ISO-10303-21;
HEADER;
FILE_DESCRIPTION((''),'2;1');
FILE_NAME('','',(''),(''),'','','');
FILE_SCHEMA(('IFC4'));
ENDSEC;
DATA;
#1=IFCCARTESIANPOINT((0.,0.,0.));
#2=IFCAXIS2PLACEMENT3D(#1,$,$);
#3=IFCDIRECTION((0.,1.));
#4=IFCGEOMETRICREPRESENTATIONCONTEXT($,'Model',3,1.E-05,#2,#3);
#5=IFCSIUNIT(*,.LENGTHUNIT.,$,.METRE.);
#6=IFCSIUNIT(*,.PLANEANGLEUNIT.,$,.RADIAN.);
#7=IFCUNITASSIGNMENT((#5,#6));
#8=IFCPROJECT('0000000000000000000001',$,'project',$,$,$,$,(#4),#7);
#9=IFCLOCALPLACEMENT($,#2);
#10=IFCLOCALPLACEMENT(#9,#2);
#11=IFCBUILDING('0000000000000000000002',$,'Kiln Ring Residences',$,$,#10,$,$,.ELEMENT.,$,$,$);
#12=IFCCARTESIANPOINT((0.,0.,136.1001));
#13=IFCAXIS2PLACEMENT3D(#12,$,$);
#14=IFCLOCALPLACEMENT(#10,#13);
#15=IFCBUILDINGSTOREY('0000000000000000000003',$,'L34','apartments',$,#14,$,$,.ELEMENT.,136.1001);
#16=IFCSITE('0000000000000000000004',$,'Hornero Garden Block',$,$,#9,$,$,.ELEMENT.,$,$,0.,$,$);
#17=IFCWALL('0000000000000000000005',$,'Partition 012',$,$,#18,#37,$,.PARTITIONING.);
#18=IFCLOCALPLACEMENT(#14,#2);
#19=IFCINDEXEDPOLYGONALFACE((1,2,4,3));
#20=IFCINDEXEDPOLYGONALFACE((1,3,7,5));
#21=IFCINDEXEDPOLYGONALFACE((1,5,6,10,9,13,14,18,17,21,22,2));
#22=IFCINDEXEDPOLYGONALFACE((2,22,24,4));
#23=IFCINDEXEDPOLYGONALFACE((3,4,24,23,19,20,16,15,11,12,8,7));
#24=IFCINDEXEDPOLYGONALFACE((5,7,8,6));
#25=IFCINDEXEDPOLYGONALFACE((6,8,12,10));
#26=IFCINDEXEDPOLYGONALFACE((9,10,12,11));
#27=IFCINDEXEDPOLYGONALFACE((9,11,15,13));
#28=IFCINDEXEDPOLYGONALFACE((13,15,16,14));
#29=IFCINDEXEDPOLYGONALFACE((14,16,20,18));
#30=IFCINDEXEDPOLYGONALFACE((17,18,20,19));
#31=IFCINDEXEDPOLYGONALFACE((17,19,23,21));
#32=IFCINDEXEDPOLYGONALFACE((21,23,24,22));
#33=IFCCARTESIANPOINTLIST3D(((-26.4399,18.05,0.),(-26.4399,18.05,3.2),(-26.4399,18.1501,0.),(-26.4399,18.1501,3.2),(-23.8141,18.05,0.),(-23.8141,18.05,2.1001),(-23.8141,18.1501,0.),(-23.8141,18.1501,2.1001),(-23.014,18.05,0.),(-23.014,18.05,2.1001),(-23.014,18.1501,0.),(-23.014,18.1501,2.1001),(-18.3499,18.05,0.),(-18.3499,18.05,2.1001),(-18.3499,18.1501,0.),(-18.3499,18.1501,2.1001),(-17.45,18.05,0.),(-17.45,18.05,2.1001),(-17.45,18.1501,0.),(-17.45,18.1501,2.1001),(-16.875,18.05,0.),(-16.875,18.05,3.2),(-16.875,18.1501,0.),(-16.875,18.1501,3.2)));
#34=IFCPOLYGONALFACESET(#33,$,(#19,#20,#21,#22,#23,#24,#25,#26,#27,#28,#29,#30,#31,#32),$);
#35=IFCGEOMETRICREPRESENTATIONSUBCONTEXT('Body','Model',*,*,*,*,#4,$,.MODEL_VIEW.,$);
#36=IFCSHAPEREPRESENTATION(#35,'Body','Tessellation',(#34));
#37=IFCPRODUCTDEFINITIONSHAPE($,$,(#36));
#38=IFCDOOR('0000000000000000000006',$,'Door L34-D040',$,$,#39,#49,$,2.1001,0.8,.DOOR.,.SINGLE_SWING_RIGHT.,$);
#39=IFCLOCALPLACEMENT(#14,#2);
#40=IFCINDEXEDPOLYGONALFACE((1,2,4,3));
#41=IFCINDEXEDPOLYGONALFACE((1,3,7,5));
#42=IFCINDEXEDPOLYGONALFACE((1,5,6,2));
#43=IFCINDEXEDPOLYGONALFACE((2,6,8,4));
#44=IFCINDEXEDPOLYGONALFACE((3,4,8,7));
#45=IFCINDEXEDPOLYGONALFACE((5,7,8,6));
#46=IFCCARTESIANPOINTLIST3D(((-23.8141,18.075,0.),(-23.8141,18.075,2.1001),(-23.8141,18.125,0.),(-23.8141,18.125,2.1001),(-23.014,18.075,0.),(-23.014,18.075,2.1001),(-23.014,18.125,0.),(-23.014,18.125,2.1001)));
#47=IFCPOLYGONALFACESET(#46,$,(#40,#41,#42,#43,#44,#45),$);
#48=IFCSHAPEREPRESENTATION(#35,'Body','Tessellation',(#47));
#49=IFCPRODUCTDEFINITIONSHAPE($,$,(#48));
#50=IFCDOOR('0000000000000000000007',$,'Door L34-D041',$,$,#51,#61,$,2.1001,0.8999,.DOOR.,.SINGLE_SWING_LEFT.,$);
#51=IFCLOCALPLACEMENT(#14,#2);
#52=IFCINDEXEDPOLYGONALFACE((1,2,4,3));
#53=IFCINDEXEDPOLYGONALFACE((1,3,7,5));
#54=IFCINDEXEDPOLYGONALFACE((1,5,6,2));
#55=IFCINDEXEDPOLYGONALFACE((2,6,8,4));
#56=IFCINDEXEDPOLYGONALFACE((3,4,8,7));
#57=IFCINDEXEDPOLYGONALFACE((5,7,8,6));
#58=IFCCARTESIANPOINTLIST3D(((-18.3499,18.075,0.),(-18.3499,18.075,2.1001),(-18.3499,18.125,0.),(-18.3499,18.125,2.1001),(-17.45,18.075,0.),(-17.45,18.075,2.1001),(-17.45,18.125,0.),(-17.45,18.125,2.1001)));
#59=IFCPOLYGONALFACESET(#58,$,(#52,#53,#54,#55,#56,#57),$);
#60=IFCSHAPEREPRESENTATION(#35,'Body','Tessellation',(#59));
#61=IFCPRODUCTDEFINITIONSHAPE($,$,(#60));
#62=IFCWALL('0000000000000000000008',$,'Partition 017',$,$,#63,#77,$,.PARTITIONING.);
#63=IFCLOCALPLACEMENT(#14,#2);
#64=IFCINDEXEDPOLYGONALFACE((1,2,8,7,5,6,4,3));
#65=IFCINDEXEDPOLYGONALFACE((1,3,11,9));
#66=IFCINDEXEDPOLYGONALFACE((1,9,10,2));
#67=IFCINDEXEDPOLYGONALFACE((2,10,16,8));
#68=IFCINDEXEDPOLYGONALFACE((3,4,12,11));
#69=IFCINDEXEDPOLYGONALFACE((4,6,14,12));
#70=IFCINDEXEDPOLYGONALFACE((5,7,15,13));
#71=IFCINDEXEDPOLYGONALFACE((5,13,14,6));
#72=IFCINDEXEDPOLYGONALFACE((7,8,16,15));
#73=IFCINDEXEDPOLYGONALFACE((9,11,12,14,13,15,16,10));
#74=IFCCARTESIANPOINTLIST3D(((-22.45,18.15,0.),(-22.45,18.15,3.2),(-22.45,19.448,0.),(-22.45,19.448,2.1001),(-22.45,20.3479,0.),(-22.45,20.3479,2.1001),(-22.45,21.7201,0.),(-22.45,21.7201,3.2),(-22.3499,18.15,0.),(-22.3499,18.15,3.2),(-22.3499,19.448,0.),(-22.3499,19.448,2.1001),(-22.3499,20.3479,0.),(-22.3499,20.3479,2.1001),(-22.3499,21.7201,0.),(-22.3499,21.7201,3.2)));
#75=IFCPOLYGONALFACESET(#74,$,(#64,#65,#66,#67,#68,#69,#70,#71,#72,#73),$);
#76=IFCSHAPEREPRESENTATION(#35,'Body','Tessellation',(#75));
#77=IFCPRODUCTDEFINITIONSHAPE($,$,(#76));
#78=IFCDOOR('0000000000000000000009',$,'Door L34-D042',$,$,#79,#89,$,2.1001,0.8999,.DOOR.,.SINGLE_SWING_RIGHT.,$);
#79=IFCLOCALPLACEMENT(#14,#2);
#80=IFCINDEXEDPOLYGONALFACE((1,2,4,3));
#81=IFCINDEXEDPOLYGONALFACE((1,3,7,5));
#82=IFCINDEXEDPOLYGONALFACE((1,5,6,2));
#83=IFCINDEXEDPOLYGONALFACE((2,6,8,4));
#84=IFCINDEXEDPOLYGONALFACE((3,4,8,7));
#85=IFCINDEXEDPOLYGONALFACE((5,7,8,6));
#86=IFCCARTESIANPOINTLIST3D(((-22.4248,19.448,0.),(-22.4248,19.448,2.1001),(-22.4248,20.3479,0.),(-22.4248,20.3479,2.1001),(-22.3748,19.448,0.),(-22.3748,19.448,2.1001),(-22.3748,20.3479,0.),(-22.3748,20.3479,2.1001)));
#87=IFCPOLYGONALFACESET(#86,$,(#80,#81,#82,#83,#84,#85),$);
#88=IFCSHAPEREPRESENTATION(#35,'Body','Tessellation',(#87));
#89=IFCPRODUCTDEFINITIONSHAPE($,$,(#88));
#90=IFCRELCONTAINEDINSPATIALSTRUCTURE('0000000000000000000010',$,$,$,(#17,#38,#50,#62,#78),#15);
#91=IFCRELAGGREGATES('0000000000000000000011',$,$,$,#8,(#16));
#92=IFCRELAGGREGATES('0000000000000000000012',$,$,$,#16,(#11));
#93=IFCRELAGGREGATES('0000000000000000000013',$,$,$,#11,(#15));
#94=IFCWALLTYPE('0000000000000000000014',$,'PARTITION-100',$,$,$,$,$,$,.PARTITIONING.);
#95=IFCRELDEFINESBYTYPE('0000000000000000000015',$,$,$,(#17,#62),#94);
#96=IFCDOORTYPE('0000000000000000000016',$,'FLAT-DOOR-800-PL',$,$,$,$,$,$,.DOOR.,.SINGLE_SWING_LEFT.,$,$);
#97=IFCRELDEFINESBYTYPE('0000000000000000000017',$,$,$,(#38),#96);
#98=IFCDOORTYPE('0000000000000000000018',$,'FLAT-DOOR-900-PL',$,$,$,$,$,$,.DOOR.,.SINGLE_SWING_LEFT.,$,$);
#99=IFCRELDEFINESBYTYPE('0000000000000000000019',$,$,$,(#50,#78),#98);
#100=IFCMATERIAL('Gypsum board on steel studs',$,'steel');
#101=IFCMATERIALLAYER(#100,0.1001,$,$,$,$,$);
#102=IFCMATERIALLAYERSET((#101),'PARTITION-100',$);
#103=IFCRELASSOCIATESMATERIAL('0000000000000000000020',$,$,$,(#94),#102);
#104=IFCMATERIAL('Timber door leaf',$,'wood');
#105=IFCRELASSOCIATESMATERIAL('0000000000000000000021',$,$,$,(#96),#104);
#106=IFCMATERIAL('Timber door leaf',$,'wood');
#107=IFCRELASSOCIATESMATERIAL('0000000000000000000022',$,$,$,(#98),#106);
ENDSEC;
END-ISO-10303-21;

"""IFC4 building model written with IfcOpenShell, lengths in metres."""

from ifc_helpers import new_model, si_unit, direction, frame, frame_2d, origin, place, context, subcontext, project, spatial, rectangle, extrude, material, layer, layer_set, type_object, element, fill, save


model = new_model("IFC4")

# Units and contexts
model_context = context("Model", 3, precision=1e-05, world=origin(), true_north=direction((0.0, 1.0)))
body_context = subcontext(model_context, "Body", "Model", "MODEL_VIEW")
ifc_project = project(units=[si_unit("LENGTHUNIT", "METRE"), si_unit("PLANEANGLEUNIT", "RADIAN")], contexts=[model_context])

# Site, building, storey
site_placement = place(None, origin())
site = spatial("IfcSite", under=ifc_project, at=site_placement, Name="Hornero Garden Block", CompositionType="ELEMENT", RefElevation=0.0)
building_placement = place(site_placement, origin())
building = spatial("IfcBuilding", under=site, at=building_placement, Name="Kiln Ring Residences", CompositionType="ELEMENT")
storey_placement = place(building_placement, frame((0.0, 0.0, 136.1001)))
storey = spatial("IfcBuildingStorey", under=building, at=storey_placement, Name="L34", Description="apartments", CompositionType="ELEMENT", Elevation=136.1001)

# Wall, openings, doors
ifc_material_1 = material(Name="Gypsum board on steel studs", Category="steel")
ifc_layer_1 = layer(ifc_material_1, 0.1001)
ifc_layer_set_1 = layer_set([ifc_layer_1], Name="PARTITION-100")
wall_type_1 = type_object("IfcWallType", Name="PARTITION-100", PredefinedType="PARTITIONING", material=ifc_layer_set_1)
wall_1_placement = place(storey_placement, frame((-26.4399, 18.1001, 0.0), z_axis=(0.0, 0.0, 1.0), x_axis=(1.0, 0.0, 0.0)))
wall_1 = element("IfcWall", 1, at=wall_1_placement, inside=storey, type_object=wall_type_1, Name="Partition 012", PredefinedType="PARTITIONING", context=body_context, shape_type="SweptSolid", body=[
    extrude(rectangle(XDim=9.5649, YDim=0.1001, at=frame_2d((4.7825, 0.0))), origin(), (0.0, 0.0, 1.0), 3.2),
])
opening_1_placement = place(wall_1_placement, frame((2.626, 0.0, 0.0)))
opening_1 = element("IfcOpeningElement", 2, at=opening_1_placement, cuts=wall_1, PredefinedType="OPENING", context=body_context, shape_type="SweptSolid", body=[
    extrude(rectangle(XDim=0.8, YDim=2.1001, at=frame_2d((0.3999, 1.05))), frame((0.0, 0.0601, 0.0), z_axis=(0.0, -1.0, 0.0), x_axis=(1.0, 0.0, 0.0)), (0.0, 0.0, 1.0), 0.1201),
])
opening_2_placement = place(wall_1_placement, frame((8.0901, 0.0, 0.0)))
opening_2 = element("IfcOpeningElement", 3, at=opening_2_placement, cuts=wall_1, PredefinedType="OPENING", context=body_context, shape_type="SweptSolid", body=[
    extrude(rectangle(XDim=0.8999, YDim=2.1001, at=frame_2d((0.45, 1.05))), frame((0.0, 0.0601, 0.0), z_axis=(0.0, -1.0, 0.0), x_axis=(1.0, 0.0, 0.0)), (0.0, 0.0, 1.0), 0.1201),
])
ifc_material_2 = material(Name="Timber door leaf", Category="wood")
door_type_1 = type_object("IfcDoorType", Name="FLAT-DOOR-800-PL", OperationType="SINGLE_SWING_LEFT", PredefinedType="DOOR", material=ifc_material_2)
door_1_placement = place(opening_1_placement, origin())
door_1 = element("IfcDoor", 4, at=door_1_placement, inside=storey, type_object=door_type_1, Name="Door L34-D040", OperationType="SINGLE_SWING_RIGHT", OverallHeight=2.1001, OverallWidth=0.8, PredefinedType="DOOR", context=body_context, shape_type="SweptSolid", body=[
    extrude(rectangle(XDim=0.8, YDim=2.1001, at=frame_2d((0.3999, 1.05))), frame((0.0, 0.0249, 0.0), z_axis=(0.0, -1.0, 0.0), x_axis=(1.0, 0.0, 0.0)), (0.0, 0.0, 1.0), 0.05),
])
fill(opening_1, door_1)
ifc_material_3 = material(Name="Timber door leaf", Category="wood")
door_type_2 = type_object("IfcDoorType", Name="FLAT-DOOR-900-PL", OperationType="SINGLE_SWING_LEFT", PredefinedType="DOOR", material=ifc_material_3)
door_2_placement = place(opening_2_placement, origin())
door_2 = element("IfcDoor", 5, at=door_2_placement, inside=storey, type_object=door_type_2, Name="Door L34-D041", OperationType="SINGLE_SWING_LEFT", OverallHeight=2.1001, OverallWidth=0.8999, PredefinedType="DOOR", context=body_context, shape_type="SweptSolid", body=[
    extrude(rectangle(XDim=0.8999, YDim=2.1001, at=frame_2d((0.45, 1.05))), frame((0.0, 0.0249, 0.0), z_axis=(0.0, -1.0, 0.0), x_axis=(1.0, 0.0, 0.0)), (0.0, 0.0, 1.0), 0.05),
])
fill(opening_2, door_2)

# Wall, opening, door
wall_2_placement = place(storey_placement, frame((-22.3999, 18.1499, 0.0), z_axis=(0.0, 0.0, 1.0), x_axis=(0.0, 1.0, 0.0)))
wall_2 = element("IfcWall", 6, at=wall_2_placement, inside=storey, type_object=wall_type_1, Name="Partition 017", PredefinedType="PARTITIONING", context=body_context, shape_type="SweptSolid", body=[
    extrude(rectangle(XDim=3.5701, YDim=0.1001, at=frame_2d((1.7852, 0.0))), origin(), (0.0, 0.0, 1.0), 3.2),
])
opening_3_placement = place(wall_2_placement, frame((1.2981, 0.0, 0.0)))
opening_3 = element("IfcOpeningElement", 7, at=opening_3_placement, cuts=wall_2, PredefinedType="OPENING", context=body_context, shape_type="SweptSolid", body=[
    extrude(rectangle(XDim=0.8999, YDim=2.1001, at=frame_2d((0.45, 1.05))), frame((0.0, 0.0601, 0.0), z_axis=(0.0, -1.0, 0.0), x_axis=(1.0, 0.0, 0.0)), (0.0, 0.0, 1.0), 0.1201),
])
door_3_placement = place(opening_3_placement, origin())
door_3 = element("IfcDoor", 8, at=door_3_placement, inside=storey, type_object=door_type_2, Name="Door L34-D042", OperationType="SINGLE_SWING_RIGHT", OverallHeight=2.1001, OverallWidth=0.8999, PredefinedType="DOOR", context=body_context, shape_type="SweptSolid", body=[
    extrude(rectangle(XDim=0.8999, YDim=2.1001, at=frame_2d((0.45, 1.05))), frame((0.0, 0.0249, 0.0), z_axis=(0.0, -1.0, 0.0), x_axis=(1.0, 0.0, 0.0)), (0.0, 0.0, 1.0), 0.05),
])
fill(opening_3, door_3)

save(model, "model.ifc")
